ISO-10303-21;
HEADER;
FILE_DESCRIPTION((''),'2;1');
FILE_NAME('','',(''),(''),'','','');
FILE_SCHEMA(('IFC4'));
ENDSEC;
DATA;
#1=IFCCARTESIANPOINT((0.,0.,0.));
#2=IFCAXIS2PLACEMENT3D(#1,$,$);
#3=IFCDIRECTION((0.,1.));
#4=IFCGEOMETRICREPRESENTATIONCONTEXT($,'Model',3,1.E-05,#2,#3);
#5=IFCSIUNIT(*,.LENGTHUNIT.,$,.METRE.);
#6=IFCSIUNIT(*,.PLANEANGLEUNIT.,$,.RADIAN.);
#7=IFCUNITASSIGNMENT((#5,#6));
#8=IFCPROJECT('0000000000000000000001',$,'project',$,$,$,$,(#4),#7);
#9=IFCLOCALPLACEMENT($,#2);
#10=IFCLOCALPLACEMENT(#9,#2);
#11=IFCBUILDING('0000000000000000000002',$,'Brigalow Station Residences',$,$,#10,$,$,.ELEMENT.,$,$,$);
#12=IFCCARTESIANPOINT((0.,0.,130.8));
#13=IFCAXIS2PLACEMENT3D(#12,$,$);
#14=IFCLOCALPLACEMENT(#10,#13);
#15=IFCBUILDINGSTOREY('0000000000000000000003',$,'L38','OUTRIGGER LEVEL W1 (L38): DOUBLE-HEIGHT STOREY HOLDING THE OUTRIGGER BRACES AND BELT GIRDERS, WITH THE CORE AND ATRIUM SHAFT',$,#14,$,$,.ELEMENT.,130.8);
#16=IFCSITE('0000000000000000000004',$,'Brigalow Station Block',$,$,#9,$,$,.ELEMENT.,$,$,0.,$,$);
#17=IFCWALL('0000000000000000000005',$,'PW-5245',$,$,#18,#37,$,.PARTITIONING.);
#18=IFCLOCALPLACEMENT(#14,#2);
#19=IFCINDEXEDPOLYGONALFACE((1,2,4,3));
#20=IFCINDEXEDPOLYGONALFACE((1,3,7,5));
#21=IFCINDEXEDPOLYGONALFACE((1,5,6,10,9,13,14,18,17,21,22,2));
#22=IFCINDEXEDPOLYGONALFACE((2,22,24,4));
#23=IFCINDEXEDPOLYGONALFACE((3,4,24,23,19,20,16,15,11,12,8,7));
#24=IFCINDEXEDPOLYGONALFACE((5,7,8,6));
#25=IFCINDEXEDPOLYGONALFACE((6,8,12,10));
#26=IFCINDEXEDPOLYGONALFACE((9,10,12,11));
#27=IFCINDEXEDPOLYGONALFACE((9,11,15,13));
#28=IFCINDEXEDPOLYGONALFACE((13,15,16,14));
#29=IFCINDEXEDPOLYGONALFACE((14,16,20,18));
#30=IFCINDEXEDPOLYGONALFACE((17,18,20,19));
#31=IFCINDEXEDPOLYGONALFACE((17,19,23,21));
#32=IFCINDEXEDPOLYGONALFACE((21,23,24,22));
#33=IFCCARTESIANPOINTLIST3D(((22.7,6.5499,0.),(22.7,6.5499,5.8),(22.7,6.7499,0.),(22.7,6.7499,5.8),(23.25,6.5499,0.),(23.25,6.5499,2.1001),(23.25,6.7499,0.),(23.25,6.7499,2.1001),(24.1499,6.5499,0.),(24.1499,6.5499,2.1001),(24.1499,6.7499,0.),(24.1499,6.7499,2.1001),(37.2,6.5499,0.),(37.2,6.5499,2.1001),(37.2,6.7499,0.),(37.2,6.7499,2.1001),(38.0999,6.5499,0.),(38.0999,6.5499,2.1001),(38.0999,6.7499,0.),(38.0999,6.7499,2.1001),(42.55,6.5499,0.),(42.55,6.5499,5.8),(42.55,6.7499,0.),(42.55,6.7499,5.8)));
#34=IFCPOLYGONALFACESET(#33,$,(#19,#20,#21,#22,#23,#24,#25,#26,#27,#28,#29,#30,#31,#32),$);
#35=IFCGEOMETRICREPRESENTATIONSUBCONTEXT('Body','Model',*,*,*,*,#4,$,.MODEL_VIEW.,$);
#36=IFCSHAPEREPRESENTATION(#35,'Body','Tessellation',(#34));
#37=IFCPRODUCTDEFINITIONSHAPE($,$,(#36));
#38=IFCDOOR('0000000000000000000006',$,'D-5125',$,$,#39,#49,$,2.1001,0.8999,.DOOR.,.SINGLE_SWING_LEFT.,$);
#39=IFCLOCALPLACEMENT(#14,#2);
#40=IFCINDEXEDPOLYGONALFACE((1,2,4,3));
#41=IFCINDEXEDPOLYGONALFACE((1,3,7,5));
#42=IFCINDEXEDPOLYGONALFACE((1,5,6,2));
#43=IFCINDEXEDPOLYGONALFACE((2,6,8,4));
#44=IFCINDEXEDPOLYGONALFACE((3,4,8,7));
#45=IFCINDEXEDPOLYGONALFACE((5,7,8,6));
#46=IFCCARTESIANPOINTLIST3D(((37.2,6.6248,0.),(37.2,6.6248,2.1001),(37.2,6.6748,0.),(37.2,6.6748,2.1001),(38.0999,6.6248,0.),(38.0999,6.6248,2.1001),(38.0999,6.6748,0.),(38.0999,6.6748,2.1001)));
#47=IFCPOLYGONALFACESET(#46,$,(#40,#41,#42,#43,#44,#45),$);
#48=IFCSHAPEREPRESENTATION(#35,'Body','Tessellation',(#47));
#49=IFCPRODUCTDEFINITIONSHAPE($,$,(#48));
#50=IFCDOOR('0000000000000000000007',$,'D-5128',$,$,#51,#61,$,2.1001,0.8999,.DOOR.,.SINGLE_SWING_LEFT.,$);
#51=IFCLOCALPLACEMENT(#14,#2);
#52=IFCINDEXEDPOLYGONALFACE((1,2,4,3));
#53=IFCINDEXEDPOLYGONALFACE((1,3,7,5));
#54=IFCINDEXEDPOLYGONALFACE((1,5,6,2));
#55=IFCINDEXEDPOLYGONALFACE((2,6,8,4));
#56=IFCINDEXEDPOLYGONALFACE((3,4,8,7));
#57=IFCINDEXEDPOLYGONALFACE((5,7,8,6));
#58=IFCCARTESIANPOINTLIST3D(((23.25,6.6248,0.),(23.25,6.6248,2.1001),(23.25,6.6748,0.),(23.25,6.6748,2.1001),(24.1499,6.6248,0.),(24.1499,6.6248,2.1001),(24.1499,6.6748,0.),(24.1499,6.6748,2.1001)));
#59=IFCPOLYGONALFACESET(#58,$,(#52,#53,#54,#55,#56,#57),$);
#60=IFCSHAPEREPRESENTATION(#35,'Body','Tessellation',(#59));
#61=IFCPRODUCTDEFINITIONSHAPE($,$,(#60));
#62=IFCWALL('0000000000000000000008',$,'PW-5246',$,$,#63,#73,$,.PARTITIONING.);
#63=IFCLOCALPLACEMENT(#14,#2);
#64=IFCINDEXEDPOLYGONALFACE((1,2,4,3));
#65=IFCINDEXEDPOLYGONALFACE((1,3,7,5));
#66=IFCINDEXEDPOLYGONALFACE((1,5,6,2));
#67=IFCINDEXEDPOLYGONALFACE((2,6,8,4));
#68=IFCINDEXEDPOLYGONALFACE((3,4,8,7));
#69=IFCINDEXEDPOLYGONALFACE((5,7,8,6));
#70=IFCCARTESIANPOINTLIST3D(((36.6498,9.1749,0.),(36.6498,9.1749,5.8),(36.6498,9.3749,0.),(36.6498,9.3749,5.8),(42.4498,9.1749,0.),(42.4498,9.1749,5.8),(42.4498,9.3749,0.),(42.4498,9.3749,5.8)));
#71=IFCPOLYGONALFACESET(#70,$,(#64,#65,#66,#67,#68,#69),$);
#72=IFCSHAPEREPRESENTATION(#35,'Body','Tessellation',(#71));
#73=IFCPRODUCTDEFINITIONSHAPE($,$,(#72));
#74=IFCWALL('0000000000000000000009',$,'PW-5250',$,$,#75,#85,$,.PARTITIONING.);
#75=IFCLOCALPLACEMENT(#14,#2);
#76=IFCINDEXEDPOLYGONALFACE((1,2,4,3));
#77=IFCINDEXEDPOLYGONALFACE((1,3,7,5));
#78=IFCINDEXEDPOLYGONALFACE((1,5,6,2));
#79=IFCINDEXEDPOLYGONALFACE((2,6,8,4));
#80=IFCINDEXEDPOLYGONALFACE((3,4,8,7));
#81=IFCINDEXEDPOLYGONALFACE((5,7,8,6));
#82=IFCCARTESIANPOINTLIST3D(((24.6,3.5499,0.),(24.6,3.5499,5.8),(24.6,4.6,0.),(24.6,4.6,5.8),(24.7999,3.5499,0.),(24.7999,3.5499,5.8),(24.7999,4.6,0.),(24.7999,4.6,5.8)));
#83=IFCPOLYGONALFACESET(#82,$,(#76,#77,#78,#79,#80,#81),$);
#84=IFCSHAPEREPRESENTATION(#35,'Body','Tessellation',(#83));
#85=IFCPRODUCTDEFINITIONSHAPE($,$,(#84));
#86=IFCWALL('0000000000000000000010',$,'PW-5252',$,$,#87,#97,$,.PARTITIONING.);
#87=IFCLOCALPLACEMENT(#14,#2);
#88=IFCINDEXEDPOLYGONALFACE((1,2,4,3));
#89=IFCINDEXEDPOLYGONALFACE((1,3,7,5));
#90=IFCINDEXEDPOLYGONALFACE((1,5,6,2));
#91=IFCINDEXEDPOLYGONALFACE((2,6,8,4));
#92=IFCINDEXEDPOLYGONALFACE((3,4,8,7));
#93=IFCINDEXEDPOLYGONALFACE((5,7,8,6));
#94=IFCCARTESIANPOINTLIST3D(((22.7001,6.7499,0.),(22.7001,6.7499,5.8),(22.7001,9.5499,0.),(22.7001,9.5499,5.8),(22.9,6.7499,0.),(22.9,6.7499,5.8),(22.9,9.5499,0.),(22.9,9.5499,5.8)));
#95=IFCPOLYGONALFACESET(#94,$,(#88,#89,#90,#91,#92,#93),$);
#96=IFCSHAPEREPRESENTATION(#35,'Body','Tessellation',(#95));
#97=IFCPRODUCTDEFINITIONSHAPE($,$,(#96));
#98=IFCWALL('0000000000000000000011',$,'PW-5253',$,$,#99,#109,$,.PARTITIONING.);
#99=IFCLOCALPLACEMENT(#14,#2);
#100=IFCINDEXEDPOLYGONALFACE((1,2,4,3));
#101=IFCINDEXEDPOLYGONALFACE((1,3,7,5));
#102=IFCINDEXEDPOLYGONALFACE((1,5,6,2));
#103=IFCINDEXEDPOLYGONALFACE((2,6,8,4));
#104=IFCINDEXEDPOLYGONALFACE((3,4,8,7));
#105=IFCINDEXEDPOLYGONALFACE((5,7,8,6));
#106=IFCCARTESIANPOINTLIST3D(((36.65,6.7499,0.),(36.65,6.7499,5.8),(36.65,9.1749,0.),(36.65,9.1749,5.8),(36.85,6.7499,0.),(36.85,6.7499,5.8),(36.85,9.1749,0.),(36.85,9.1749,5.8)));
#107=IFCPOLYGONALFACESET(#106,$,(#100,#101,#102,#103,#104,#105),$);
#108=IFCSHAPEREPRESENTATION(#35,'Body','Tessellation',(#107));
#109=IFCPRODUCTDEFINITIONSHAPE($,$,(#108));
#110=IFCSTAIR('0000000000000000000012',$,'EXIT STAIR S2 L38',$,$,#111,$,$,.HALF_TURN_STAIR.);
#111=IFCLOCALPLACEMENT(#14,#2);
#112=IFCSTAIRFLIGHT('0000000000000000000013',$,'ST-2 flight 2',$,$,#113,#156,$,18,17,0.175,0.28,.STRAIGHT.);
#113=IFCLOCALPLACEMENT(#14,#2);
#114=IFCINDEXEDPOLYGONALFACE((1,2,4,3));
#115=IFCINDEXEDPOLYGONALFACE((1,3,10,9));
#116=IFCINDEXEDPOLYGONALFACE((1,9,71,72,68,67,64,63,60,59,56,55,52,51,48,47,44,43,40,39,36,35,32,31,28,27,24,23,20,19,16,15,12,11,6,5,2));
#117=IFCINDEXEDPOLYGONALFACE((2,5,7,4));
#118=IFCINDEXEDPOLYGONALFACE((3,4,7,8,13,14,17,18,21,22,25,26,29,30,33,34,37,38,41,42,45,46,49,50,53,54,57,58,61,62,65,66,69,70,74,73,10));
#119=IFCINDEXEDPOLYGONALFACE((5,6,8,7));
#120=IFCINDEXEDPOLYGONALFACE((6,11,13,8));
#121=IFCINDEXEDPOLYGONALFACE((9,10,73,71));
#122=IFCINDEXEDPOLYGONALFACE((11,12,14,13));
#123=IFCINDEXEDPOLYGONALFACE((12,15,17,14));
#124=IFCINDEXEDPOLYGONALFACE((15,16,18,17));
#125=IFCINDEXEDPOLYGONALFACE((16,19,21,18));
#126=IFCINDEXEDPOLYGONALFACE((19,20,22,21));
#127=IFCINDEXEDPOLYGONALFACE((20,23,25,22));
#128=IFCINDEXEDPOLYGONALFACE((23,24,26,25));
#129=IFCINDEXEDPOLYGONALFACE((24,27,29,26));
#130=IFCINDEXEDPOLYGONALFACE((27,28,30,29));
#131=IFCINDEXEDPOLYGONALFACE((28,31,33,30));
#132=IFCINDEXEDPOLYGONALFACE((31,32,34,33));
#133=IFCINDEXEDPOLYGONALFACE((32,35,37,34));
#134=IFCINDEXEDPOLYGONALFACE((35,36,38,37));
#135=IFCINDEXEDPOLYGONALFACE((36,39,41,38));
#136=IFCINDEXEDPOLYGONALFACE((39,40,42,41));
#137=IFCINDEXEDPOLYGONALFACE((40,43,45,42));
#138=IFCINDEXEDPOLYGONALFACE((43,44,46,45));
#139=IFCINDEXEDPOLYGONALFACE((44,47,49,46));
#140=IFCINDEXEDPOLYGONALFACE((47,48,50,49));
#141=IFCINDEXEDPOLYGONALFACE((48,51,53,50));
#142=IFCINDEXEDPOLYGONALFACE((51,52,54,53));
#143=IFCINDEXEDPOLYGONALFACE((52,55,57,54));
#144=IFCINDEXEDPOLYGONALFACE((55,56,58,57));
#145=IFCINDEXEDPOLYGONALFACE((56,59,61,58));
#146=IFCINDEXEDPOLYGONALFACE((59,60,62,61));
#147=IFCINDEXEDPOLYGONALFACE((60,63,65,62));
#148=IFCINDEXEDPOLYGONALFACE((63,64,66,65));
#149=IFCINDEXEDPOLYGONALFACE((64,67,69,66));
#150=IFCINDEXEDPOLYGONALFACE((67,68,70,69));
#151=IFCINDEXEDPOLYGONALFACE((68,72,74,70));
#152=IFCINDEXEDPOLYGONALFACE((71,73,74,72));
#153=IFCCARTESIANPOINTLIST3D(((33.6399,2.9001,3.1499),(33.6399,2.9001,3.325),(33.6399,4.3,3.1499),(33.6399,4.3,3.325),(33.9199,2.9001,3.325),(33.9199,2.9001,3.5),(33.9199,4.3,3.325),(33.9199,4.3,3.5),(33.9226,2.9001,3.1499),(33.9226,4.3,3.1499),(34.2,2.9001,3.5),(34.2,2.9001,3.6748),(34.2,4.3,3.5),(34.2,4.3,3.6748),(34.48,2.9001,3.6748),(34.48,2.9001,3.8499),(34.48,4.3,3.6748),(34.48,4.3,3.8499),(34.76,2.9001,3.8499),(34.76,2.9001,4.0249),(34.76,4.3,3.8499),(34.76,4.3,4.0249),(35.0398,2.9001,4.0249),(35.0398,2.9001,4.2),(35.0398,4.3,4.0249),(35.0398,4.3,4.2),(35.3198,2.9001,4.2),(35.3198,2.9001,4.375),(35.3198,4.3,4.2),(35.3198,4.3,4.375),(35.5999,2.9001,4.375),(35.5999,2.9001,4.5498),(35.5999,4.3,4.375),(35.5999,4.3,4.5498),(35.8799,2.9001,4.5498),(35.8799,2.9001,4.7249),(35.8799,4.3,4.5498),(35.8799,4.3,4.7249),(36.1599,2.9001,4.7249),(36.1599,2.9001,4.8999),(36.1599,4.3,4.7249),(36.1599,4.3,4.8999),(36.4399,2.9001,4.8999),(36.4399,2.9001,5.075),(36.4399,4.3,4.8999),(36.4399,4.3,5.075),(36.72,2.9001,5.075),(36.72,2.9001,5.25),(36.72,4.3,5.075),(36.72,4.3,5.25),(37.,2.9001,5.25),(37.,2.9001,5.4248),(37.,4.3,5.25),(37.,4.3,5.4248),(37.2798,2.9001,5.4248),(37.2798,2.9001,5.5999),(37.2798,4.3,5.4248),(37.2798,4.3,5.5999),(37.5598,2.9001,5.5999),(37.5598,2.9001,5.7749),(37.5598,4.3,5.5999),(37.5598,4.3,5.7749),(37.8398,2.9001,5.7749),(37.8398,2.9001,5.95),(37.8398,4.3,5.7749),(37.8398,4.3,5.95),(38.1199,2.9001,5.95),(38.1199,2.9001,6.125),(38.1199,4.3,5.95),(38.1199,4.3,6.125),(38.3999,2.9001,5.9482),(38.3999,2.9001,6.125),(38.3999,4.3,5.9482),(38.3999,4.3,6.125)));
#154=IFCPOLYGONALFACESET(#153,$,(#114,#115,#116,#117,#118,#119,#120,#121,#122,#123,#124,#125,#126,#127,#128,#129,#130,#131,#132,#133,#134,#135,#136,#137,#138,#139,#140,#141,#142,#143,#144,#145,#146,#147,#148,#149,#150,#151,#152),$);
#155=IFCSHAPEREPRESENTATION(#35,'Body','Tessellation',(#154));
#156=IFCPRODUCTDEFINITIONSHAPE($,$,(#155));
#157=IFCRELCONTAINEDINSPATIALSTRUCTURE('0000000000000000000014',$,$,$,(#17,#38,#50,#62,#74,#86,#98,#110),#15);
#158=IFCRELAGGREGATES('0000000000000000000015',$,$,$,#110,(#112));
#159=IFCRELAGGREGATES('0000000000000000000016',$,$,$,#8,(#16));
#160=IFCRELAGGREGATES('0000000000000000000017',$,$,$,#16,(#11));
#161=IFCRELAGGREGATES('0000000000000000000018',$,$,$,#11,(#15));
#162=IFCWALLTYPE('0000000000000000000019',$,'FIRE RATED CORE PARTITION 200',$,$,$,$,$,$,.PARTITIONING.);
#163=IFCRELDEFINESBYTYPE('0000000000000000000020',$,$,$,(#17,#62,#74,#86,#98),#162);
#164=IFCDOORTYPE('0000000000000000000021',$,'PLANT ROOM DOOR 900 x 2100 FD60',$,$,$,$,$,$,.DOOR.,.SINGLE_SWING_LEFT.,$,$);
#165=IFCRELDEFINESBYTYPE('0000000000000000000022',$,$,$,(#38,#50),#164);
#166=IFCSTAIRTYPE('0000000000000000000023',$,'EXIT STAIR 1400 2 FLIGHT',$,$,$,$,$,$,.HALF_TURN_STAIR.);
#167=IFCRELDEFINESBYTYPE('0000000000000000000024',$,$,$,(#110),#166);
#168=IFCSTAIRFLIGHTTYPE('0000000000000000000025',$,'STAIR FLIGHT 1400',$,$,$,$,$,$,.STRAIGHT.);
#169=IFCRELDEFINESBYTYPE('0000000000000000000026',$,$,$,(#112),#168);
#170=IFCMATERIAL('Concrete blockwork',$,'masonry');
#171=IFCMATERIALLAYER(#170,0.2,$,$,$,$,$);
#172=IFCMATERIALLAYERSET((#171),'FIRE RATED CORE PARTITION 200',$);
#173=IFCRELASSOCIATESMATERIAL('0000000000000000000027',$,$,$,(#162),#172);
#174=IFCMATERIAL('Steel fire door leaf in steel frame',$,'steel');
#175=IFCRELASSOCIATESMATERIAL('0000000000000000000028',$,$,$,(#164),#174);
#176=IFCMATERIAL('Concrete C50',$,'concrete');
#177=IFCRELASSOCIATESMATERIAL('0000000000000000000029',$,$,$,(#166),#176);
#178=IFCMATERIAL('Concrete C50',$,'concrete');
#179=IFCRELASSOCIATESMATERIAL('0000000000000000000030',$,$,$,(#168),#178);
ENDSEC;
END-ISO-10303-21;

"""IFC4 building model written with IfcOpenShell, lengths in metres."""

from ifc_helpers import new_model, si_unit, direction, frame, frame_2d, origin, place, context, subcontext, project, spatial, polyline, rectangle, outline, extrude, material, layer, layer_set, type_object, element, fill, aggregate, save


model = new_model("IFC4")

# Units and contexts
model_context = context("Model", 3, precision=1e-05, world=origin(), true_north=direction((0.0, 1.0)))
body_context = subcontext(model_context, "Body", "Model", "MODEL_VIEW")
ifc_project = project(units=[si_unit("LENGTHUNIT", "METRE"), si_unit("PLANEANGLEUNIT", "RADIAN")], contexts=[model_context])

# Site, building, storey
site_placement = place(None, origin())
site = spatial("IfcSite", under=ifc_project, at=site_placement, Name="Brigalow Station Block", CompositionType="ELEMENT", RefElevation=0.0)
building_placement = place(site_placement, origin())
building = spatial("IfcBuilding", under=site, at=building_placement, Name="Brigalow Station Residences", CompositionType="ELEMENT")
storey_placement = place(building_placement, frame((0.0, 0.0, 130.8)))
storey = spatial("IfcBuildingStorey", under=building, at=storey_placement, Name="L38", Description="OUTRIGGER LEVEL W1 (L38): DOUBLE-HEIGHT STOREY HOLDING THE OUTRIGGER BRACES AND BELT GIRDERS, WITH THE CORE AND ATRIUM SHAFT", CompositionType="ELEMENT", Elevation=130.8)

# Wall, openings, doors
ifc_material_1 = material(Name="Concrete blockwork", Category="masonry")
ifc_layer_1 = layer(ifc_material_1, 0.2)
ifc_layer_set_1 = layer_set([ifc_layer_1], Name="FIRE RATED CORE PARTITION 200")
wall_type_1 = type_object("IfcWallType", Name="FIRE RATED CORE PARTITION 200", PredefinedType="PARTITIONING", material=ifc_layer_set_1)
ifc_material_2 = material(Name="Steel fire door leaf in steel frame", Category="steel")
door_type_1 = type_object("IfcDoorType", Name="PLANT ROOM DOOR 900 x 2100 FD60", OperationType="SINGLE_SWING_LEFT", PredefinedType="DOOR", material=ifc_material_2)
wall_1_placement = place(storey_placement, frame((22.7, 6.6499, 0.0), z_axis=(0.0, 0.0, 1.0), x_axis=(1.0, 0.0, 0.0)))
wall_1 = element("IfcWall", 1, at=wall_1_placement, inside=storey, type_object=wall_type_1, Name="PW-5245", PredefinedType="PARTITIONING", context=body_context, shape_type="SweptSolid", body=[
    extrude(rectangle(XDim=19.8501, YDim=0.2, at=frame_2d((9.925, 0.0))), origin(), (0.0, 0.0, 1.0), 5.8),
])
opening_1_placement = place(wall_1_placement, frame((14.5, 0.0, 0.0)))
opening_1 = element("IfcOpeningElement", 2, at=opening_1_placement, cuts=wall_1, PredefinedType="OPENING", context=body_context, shape_type="SweptSolid", body=[
    extrude(rectangle(XDim=0.8999, YDim=2.1001, at=frame_2d((0.45, 1.05))), frame((0.0, 0.1099, 0.0), z_axis=(0.0, -1.0, 0.0), x_axis=(1.0, 0.0, 0.0)), (0.0, 0.0, 1.0), 0.22),
])
opening_2_placement = place(wall_1_placement, frame((0.55, 0.0, 0.0)))
opening_2 = element("IfcOpeningElement", 3, at=opening_2_placement, cuts=wall_1, PredefinedType="OPENING", context=body_context, shape_type="SweptSolid", body=[
    extrude(rectangle(XDim=0.8999, YDim=2.1001, at=frame_2d((0.45, 1.05))), frame((0.0, 0.1099, 0.0), z_axis=(0.0, -1.0, 0.0), x_axis=(1.0, 0.0, 0.0)), (0.0, 0.0, 1.0), 0.22),
])
door_1_placement = place(opening_1_placement, origin())
door_1 = element("IfcDoor", 4, at=door_1_placement, inside=storey, type_object=door_type_1, Name="D-5125", OperationType="SINGLE_SWING_LEFT", OverallHeight=2.1001, OverallWidth=0.8999, PredefinedType="DOOR", context=body_context, shape_type="SweptSolid", body=[
    extrude(rectangle(XDim=0.8999, YDim=2.1001, at=frame_2d((0.45, 1.05))), frame((0.0, 0.0249, 0.0), z_axis=(0.0, -1.0, 0.0), x_axis=(1.0, 0.0, 0.0)), (0.0, 0.0, 1.0), 0.05),
])
fill(opening_1, door_1)
door_2_placement = place(opening_2_placement, origin())
door_2 = element("IfcDoor", 5, at=door_2_placement, inside=storey, type_object=door_type_1, Name="D-5128", OperationType="SINGLE_SWING_LEFT", OverallHeight=2.1001, OverallWidth=0.8999, PredefinedType="DOOR", context=body_context, shape_type="SweptSolid", body=[
    extrude(rectangle(XDim=0.8999, YDim=2.1001, at=frame_2d((0.45, 1.05))), frame((0.0, 0.0249, 0.0), z_axis=(0.0, -1.0, 0.0), x_axis=(1.0, 0.0, 0.0)), (0.0, 0.0, 1.0), 0.05),
])
fill(opening_2, door_2)

# Walls
wall_2_placement = place(storey_placement, frame((36.6499, 9.2749, 0.0), z_axis=(0.0, 0.0, 1.0), x_axis=(1.0, 0.0, 0.0)))
element("IfcWall", 6, at=wall_2_placement, inside=storey, type_object=wall_type_1, Name="PW-5246", PredefinedType="PARTITIONING", context=body_context, shape_type="SweptSolid", body=[
    extrude(rectangle(XDim=5.8, YDim=0.2, at=frame_2d((2.8999, 0.0))), origin(), (0.0, 0.0, 1.0), 5.8),
])
wall_3_placement = place(storey_placement, frame((24.7, 3.55, 0.0), z_axis=(0.0, 0.0, 1.0), x_axis=(0.0, 1.0, 0.0)))
element("IfcWall", 7, at=wall_3_placement, inside=storey, type_object=wall_type_1, Name="PW-5250", PredefinedType="PARTITIONING", context=body_context, shape_type="SweptSolid", body=[
    extrude(rectangle(XDim=1.05, YDim=0.2, at=frame_2d((0.5249, 0.0))), origin(), (0.0, 0.0, 1.0), 5.8),
])
wall_4_placement = place(storey_placement, frame((22.8, 6.75, 0.0), z_axis=(0.0, 0.0, 1.0), x_axis=(0.0, 1.0, 0.0)))
element("IfcWall", 8, at=wall_4_placement, inside=storey, type_object=wall_type_1, Name="PW-5252", PredefinedType="PARTITIONING", context=body_context, shape_type="SweptSolid", body=[
    extrude(rectangle(XDim=2.8, YDim=0.2, at=frame_2d((1.3999, 0.0))), origin(), (0.0, 0.0, 1.0), 5.8),
])
wall_5_placement = place(storey_placement, frame((36.75, 6.75, 0.0), z_axis=(0.0, 0.0, 1.0), x_axis=(0.0, 1.0, 0.0)))
element("IfcWall", 9, at=wall_5_placement, inside=storey, type_object=wall_type_1, Name="PW-5253", PredefinedType="PARTITIONING", context=body_context, shape_type="SweptSolid", body=[
    extrude(rectangle(XDim=2.425, YDim=0.2, at=frame_2d((1.2124, 0.0))), origin(), (0.0, 0.0, 1.0), 5.8),
])

# Stair, stair flight
ifc_material_3 = material(Name="Concrete C50", Category="concrete")
stair_type = type_object("IfcStairType", Name="EXIT STAIR 1400 2 FLIGHT", PredefinedType="HALF_TURN_STAIR", material=ifc_material_3)
stair_placement = place(storey_placement, origin())
stair = element("IfcStair", 10, at=stair_placement, inside=storey, type_object=stair_type, Name="EXIT STAIR S2 L38", PredefinedType="HALF_TURN_STAIR")
ifc_material_4 = material(Name="Concrete C50", Category="concrete")
stair_flight_type = type_object("IfcStairFlightType", Name="STAIR FLIGHT 1400", PredefinedType="STRAIGHT", material=ifc_material_4)
stair_flight_placement = place(storey_placement, frame((33.6399, 3.6001, 3.1499), z_axis=(0.0, 0.0, 1.0), x_axis=(1.0, 0.0, 0.0)))
stair_flight = element("IfcStairFlight", 11, at=stair_flight_placement, type_object=stair_flight_type, Name="ST-2 flight 2", NumberOfRisers=18, NumberOfTreads=17, PredefinedType="STRAIGHT", RiserHeight=0.175, TreadLength=0.28, context=body_context, shape_type="SweptSolid", body=[
    extrude(outline(polyline([(0.0, 0.0), (0.0, 0.175), (0.28, 0.175), (0.28, 0.3501), (0.5601, 0.3501), (0.5601, 0.5249), (0.8401, 0.5249), (0.8401, 0.7), (1.1201, 0.7), (1.1201, 0.875), (1.3999, 0.875), (1.3999, 1.05), (1.6799, 1.05), (1.6799, 1.2251), (1.96, 1.2251), (1.96, 1.3999), (2.24, 1.3999), (2.24, 1.575), (2.52, 1.575), (2.52, 1.75), (2.8, 1.75), (2.8, 1.925), (3.0801, 1.925), (3.0801, 2.1001), (3.3601, 2.1001), (3.3601, 2.2749), (3.6399, 2.2749), (3.6399, 2.45), (3.9199, 2.45), (3.9199, 2.625), (4.2, 2.625), (4.2, 2.8), (4.48, 2.8), (4.48, 2.9751), (4.76, 2.9751), (4.76, 3.1499), (4.76, 2.7983), (0.2827, 0.0), (0.0, 0.0)])), frame((0.0, 0.7, 0.0), z_axis=(0.0, -1.0, 0.0), x_axis=(1.0, 0.0, 0.0)), (0.0, 0.0, 1.0), 1.3999),
])
aggregate(stair, [stair_flight])

save(model, "model.ifc")
